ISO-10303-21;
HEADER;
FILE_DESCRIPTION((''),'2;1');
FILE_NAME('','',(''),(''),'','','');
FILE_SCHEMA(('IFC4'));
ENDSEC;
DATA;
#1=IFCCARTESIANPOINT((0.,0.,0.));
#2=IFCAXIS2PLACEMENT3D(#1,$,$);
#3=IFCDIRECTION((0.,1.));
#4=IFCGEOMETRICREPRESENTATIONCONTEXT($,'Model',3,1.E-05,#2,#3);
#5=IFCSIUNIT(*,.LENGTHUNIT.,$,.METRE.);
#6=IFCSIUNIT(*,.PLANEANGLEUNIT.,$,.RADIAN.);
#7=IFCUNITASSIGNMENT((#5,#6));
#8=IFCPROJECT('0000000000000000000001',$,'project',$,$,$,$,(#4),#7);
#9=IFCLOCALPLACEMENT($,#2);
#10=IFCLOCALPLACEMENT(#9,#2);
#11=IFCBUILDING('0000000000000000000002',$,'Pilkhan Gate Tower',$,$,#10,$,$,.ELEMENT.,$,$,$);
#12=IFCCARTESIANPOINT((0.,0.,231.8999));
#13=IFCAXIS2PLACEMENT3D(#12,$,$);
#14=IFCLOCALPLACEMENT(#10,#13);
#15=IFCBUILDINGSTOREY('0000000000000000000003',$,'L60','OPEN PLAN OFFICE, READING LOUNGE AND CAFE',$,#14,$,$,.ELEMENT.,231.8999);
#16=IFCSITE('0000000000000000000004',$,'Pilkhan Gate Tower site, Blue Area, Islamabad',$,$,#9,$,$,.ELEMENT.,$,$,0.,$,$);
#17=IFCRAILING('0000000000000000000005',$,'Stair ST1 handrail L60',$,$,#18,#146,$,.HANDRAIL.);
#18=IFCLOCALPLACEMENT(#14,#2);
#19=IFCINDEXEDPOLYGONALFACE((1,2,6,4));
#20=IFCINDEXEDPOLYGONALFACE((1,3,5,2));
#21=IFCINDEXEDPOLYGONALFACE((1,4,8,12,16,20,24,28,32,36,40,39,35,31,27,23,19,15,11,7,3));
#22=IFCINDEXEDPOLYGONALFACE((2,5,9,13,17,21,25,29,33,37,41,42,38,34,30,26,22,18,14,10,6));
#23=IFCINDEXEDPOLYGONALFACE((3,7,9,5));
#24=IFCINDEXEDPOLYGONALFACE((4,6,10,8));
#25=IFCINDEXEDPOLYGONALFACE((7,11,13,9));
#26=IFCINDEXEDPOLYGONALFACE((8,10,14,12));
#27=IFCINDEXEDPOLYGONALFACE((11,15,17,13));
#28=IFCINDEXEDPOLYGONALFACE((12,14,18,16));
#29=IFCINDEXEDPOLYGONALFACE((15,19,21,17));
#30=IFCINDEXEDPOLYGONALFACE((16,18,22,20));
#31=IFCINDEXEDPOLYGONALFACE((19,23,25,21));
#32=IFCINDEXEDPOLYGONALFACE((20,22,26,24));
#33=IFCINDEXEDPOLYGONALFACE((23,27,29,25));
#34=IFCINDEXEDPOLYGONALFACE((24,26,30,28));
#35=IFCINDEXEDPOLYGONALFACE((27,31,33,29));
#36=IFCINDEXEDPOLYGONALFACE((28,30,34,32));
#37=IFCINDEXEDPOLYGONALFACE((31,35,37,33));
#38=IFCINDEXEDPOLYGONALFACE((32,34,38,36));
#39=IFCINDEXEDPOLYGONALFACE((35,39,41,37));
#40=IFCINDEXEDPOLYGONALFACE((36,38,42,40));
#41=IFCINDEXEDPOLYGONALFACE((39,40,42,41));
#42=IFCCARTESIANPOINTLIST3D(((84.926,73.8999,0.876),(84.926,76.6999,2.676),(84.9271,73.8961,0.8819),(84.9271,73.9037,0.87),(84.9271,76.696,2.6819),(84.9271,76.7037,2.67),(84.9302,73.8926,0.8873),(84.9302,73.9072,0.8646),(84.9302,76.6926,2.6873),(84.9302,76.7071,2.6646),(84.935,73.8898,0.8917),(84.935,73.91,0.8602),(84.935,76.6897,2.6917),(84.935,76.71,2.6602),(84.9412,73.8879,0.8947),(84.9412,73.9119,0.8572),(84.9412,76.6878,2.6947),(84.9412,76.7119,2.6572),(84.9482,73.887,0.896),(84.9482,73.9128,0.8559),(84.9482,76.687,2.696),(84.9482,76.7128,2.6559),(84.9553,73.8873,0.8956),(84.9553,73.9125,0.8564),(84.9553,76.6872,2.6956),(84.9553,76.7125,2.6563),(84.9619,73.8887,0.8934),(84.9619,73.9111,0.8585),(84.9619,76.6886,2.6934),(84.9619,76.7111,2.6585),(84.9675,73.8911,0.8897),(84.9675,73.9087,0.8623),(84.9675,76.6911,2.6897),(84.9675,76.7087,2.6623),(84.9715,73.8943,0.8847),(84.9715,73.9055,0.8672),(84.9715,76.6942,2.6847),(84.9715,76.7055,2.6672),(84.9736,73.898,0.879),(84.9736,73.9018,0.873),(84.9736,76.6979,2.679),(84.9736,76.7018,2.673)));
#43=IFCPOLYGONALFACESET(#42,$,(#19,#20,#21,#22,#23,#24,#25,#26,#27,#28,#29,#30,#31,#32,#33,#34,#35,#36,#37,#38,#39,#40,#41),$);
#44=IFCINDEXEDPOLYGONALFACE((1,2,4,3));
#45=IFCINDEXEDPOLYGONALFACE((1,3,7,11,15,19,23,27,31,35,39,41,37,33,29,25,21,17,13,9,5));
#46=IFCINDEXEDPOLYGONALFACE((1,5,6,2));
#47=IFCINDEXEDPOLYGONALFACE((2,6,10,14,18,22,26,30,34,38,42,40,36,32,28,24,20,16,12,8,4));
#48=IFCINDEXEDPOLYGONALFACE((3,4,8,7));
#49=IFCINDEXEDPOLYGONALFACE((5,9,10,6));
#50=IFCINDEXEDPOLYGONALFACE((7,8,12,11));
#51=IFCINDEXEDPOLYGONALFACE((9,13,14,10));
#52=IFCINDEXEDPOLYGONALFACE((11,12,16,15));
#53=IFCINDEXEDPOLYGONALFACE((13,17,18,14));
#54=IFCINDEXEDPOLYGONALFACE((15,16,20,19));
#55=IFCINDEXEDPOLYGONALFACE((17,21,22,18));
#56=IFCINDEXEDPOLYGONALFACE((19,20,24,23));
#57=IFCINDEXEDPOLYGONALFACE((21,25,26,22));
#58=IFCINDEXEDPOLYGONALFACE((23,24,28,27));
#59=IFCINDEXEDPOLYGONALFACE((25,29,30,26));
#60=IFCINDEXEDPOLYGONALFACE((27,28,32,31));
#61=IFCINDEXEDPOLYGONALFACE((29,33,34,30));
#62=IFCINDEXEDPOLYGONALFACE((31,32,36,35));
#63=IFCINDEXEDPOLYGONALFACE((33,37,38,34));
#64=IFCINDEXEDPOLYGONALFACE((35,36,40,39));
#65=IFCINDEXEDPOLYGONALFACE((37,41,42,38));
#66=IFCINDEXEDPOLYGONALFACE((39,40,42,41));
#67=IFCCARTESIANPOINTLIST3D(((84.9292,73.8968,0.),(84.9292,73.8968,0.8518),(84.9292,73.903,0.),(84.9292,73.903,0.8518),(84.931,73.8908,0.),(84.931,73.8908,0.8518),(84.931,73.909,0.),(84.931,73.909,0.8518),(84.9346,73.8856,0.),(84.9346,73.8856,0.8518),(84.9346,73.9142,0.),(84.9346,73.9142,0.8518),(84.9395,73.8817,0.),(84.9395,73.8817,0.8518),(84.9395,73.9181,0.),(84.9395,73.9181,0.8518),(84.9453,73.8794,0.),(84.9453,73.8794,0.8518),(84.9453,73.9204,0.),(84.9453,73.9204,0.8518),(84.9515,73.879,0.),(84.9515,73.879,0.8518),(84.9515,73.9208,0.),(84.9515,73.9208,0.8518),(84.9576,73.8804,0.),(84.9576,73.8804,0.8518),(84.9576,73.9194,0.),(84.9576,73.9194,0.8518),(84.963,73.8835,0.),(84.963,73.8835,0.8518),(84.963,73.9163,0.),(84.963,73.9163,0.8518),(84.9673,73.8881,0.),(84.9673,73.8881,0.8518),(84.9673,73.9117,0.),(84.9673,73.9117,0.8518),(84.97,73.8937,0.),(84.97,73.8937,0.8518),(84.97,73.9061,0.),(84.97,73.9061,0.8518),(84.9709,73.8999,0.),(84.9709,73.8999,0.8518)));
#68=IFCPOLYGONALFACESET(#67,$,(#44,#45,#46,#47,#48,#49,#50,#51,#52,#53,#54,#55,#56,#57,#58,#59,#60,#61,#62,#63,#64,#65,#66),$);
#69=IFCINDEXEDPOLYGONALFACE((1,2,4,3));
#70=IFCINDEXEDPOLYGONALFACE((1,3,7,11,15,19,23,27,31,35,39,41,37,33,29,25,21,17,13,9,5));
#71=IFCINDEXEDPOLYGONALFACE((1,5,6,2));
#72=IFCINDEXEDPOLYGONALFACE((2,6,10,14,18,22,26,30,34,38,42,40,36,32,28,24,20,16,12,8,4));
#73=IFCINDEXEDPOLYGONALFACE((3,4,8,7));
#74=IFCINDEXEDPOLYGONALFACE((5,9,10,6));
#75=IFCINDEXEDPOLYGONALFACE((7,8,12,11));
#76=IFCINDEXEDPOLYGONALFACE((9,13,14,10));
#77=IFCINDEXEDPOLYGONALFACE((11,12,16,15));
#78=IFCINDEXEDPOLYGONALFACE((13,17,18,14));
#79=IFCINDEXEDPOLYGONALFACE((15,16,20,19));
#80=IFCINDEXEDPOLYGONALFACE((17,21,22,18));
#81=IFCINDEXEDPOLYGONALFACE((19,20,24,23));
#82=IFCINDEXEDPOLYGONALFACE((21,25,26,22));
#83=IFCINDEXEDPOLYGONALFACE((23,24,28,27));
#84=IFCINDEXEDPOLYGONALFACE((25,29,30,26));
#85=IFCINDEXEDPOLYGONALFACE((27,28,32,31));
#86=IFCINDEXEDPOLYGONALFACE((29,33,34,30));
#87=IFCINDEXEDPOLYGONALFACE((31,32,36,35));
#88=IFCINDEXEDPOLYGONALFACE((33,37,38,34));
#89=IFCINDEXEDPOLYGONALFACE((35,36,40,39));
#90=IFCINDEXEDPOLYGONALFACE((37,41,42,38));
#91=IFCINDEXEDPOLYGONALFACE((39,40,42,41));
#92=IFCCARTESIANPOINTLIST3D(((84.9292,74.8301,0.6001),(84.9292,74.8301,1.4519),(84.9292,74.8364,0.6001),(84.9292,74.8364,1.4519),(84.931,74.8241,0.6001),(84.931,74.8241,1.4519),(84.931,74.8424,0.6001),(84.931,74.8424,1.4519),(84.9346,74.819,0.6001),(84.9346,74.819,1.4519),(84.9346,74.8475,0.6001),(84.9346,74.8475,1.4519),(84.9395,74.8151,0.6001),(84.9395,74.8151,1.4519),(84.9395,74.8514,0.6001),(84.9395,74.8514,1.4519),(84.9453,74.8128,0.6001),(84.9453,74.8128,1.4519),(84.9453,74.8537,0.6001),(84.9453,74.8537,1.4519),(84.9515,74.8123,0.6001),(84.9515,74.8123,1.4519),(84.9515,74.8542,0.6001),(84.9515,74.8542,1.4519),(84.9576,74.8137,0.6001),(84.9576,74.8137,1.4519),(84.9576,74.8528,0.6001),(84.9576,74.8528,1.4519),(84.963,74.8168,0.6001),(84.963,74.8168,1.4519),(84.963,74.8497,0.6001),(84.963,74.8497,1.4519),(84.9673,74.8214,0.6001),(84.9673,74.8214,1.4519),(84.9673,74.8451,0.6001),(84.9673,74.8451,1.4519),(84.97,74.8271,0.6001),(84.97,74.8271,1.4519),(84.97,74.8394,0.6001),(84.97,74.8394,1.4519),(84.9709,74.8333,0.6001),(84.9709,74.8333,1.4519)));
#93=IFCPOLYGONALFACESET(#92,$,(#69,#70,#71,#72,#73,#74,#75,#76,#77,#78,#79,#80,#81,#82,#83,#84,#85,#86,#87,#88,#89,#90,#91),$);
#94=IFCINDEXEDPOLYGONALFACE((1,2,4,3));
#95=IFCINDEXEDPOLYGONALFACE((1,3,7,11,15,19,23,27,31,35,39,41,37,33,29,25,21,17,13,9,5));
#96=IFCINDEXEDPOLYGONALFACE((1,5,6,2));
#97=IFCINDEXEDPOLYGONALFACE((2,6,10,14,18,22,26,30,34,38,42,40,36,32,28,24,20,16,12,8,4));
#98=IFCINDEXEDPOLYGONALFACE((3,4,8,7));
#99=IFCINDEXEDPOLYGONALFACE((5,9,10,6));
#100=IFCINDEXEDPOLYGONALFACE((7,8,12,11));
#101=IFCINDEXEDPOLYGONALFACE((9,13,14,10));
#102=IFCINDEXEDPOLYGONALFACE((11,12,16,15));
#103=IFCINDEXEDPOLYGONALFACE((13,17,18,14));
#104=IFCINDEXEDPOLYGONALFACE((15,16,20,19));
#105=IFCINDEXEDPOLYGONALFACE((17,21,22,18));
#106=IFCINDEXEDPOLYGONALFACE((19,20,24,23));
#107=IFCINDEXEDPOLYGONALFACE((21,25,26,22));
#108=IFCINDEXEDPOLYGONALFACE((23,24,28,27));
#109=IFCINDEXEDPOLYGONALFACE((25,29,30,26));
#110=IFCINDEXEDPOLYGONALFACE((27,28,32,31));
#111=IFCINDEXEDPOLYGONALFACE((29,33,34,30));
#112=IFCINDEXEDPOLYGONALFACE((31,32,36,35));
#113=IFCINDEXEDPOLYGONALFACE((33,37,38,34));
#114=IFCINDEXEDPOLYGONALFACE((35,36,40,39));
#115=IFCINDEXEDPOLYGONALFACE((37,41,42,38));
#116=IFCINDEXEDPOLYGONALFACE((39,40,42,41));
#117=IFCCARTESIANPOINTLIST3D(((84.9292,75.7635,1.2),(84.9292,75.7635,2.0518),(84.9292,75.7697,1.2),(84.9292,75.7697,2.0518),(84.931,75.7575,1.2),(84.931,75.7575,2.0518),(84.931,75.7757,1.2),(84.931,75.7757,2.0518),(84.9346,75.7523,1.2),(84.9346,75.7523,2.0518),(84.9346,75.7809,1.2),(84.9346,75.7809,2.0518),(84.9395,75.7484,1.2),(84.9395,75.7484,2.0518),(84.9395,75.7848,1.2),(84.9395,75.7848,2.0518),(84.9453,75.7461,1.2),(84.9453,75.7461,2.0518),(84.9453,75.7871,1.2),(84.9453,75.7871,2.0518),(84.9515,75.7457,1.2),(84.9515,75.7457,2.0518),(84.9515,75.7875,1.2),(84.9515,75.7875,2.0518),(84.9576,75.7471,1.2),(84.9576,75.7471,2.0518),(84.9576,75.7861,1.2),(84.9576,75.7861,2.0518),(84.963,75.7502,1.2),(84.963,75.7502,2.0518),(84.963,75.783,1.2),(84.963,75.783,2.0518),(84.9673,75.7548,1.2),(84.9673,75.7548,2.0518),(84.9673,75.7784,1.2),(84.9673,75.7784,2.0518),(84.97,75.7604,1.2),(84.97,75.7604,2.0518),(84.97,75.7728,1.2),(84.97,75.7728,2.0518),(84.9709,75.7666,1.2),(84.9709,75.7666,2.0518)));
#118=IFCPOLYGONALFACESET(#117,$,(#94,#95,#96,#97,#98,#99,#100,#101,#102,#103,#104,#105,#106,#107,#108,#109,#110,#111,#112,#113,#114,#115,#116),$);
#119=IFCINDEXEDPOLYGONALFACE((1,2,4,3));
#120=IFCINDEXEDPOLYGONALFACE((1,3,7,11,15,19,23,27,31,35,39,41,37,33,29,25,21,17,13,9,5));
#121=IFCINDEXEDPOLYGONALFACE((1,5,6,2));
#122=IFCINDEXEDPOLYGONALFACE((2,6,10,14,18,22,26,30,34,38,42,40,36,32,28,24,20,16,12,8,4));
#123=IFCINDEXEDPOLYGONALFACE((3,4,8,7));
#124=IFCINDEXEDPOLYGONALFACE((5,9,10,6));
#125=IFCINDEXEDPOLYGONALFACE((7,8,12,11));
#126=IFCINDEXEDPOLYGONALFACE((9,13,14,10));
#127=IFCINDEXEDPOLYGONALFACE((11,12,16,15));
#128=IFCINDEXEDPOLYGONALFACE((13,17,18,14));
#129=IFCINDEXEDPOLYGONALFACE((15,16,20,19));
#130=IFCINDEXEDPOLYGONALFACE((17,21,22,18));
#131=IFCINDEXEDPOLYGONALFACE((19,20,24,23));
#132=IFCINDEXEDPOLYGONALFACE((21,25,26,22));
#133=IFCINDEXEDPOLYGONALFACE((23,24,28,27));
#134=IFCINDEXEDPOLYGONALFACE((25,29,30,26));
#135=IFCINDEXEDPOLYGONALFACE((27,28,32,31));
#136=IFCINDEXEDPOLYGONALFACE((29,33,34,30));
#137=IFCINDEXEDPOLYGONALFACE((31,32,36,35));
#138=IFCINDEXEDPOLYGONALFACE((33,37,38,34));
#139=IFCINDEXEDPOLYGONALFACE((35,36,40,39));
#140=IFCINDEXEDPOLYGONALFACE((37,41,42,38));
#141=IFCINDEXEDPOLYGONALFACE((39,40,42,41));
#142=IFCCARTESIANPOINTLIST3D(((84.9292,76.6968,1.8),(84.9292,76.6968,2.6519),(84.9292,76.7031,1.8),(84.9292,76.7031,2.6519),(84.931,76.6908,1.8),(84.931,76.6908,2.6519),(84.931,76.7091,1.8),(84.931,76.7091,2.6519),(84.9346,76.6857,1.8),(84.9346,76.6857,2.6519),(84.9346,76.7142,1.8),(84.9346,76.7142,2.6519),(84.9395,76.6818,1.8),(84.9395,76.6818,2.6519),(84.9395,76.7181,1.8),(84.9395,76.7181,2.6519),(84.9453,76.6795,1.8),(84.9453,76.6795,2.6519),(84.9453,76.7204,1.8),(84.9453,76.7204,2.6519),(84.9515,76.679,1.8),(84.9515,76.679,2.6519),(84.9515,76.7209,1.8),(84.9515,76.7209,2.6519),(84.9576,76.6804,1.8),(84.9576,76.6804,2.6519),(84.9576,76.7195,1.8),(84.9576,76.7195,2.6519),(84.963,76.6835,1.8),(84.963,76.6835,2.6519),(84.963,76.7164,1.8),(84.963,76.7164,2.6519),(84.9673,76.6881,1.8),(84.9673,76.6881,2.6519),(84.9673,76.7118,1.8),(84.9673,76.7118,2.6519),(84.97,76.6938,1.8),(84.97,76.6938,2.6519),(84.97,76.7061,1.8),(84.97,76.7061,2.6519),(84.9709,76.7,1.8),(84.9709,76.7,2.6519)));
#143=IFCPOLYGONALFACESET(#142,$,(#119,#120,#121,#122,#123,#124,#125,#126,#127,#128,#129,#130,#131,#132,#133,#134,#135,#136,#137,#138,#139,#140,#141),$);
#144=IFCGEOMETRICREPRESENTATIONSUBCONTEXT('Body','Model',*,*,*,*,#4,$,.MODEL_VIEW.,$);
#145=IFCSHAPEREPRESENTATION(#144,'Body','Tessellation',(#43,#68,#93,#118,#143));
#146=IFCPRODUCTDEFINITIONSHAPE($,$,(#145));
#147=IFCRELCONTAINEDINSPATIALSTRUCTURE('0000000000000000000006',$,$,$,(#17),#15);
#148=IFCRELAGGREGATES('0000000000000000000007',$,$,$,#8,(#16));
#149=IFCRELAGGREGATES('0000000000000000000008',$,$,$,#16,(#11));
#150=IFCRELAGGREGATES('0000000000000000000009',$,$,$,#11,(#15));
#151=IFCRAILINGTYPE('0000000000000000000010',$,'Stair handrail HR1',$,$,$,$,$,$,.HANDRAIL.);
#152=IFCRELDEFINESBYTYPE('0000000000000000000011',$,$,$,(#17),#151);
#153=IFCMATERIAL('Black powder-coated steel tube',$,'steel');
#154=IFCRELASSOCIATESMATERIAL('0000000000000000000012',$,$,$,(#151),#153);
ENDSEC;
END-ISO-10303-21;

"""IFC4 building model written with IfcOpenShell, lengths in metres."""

from ifc_helpers import new_model, si_unit, direction, frame, origin, origin_2d, place, context, subcontext, project, spatial, circle, extrude, material, type_object, element, save


model = new_model("IFC4")

# Units and contexts
model_context = context("Model", 3, precision=1e-05, world=origin(), true_north=direction((0.0, 1.0)))
body_context = subcontext(model_context, "Body", "Model", "MODEL_VIEW")
ifc_project = project(units=[si_unit("LENGTHUNIT", "METRE"), si_unit("PLANEANGLEUNIT", "RADIAN")], contexts=[model_context])

# Site, building, storey
site_placement = place(None, origin())
site = spatial("IfcSite", under=ifc_project, at=site_placement, Name="Pilkhan Gate Tower site, Blue Area, Islamabad", CompositionType="ELEMENT", RefElevation=0.0)
building_placement = place(site_placement, origin())
building = spatial("IfcBuilding", under=site, at=building_placement, Name="Pilkhan Gate Tower", CompositionType="ELEMENT")
storey_placement = place(building_placement, frame((0.0, 0.0, 231.8999)))
storey = spatial("IfcBuildingStorey", under=building, at=storey_placement, Name="L60", Description="OPEN PLAN OFFICE, READING LOUNGE AND CAFE", CompositionType="ELEMENT", Elevation=231.8999)

# Railing
ifc_material_1 = material(Name="Black powder-coated steel tube", Category="steel")
railing_type_1 = type_object("IfcRailingType", Name="Stair handrail HR1", PredefinedType="HANDRAIL", material=ifc_material_1)
railing_1_placement = place(storey_placement, frame((84.95, 73.8999, 0.0)))
element("IfcRailing", 1, at=railing_1_placement, inside=storey, type_object=railing_type_1, Name="Stair ST1 handrail L60", PredefinedType="HANDRAIL", context=body_context, shape_type="SweptSolid", body=[
    extrude(circle(Radius=0.0239, at=origin_2d()), frame((0.0, 0.0, 0.876), z_axis=(0.0, 0.841176, 0.540761), x_axis=(-1.0, 0.0, 0.0)), (0.0, 0.0, 1.0), 3.3286),
    extrude(circle(Radius=0.021, at=origin_2d()), origin(), (0.0, 0.0, 1.0), 0.8518),
    extrude(circle(Radius=0.021, at=origin_2d()), frame((0.0, 0.9333, 0.6001)), (0.0, 0.0, 1.0), 0.8518),
    extrude(circle(Radius=0.021, at=origin_2d()), frame((0.0, 1.8667, 1.2)), (0.0, 0.0, 1.0), 0.8518),
    extrude(circle(Radius=0.021, at=origin_2d()), frame((0.0, 2.8, 1.8)), (0.0, 0.0, 1.0), 0.8518),
])

save(model, "model.ifc")
